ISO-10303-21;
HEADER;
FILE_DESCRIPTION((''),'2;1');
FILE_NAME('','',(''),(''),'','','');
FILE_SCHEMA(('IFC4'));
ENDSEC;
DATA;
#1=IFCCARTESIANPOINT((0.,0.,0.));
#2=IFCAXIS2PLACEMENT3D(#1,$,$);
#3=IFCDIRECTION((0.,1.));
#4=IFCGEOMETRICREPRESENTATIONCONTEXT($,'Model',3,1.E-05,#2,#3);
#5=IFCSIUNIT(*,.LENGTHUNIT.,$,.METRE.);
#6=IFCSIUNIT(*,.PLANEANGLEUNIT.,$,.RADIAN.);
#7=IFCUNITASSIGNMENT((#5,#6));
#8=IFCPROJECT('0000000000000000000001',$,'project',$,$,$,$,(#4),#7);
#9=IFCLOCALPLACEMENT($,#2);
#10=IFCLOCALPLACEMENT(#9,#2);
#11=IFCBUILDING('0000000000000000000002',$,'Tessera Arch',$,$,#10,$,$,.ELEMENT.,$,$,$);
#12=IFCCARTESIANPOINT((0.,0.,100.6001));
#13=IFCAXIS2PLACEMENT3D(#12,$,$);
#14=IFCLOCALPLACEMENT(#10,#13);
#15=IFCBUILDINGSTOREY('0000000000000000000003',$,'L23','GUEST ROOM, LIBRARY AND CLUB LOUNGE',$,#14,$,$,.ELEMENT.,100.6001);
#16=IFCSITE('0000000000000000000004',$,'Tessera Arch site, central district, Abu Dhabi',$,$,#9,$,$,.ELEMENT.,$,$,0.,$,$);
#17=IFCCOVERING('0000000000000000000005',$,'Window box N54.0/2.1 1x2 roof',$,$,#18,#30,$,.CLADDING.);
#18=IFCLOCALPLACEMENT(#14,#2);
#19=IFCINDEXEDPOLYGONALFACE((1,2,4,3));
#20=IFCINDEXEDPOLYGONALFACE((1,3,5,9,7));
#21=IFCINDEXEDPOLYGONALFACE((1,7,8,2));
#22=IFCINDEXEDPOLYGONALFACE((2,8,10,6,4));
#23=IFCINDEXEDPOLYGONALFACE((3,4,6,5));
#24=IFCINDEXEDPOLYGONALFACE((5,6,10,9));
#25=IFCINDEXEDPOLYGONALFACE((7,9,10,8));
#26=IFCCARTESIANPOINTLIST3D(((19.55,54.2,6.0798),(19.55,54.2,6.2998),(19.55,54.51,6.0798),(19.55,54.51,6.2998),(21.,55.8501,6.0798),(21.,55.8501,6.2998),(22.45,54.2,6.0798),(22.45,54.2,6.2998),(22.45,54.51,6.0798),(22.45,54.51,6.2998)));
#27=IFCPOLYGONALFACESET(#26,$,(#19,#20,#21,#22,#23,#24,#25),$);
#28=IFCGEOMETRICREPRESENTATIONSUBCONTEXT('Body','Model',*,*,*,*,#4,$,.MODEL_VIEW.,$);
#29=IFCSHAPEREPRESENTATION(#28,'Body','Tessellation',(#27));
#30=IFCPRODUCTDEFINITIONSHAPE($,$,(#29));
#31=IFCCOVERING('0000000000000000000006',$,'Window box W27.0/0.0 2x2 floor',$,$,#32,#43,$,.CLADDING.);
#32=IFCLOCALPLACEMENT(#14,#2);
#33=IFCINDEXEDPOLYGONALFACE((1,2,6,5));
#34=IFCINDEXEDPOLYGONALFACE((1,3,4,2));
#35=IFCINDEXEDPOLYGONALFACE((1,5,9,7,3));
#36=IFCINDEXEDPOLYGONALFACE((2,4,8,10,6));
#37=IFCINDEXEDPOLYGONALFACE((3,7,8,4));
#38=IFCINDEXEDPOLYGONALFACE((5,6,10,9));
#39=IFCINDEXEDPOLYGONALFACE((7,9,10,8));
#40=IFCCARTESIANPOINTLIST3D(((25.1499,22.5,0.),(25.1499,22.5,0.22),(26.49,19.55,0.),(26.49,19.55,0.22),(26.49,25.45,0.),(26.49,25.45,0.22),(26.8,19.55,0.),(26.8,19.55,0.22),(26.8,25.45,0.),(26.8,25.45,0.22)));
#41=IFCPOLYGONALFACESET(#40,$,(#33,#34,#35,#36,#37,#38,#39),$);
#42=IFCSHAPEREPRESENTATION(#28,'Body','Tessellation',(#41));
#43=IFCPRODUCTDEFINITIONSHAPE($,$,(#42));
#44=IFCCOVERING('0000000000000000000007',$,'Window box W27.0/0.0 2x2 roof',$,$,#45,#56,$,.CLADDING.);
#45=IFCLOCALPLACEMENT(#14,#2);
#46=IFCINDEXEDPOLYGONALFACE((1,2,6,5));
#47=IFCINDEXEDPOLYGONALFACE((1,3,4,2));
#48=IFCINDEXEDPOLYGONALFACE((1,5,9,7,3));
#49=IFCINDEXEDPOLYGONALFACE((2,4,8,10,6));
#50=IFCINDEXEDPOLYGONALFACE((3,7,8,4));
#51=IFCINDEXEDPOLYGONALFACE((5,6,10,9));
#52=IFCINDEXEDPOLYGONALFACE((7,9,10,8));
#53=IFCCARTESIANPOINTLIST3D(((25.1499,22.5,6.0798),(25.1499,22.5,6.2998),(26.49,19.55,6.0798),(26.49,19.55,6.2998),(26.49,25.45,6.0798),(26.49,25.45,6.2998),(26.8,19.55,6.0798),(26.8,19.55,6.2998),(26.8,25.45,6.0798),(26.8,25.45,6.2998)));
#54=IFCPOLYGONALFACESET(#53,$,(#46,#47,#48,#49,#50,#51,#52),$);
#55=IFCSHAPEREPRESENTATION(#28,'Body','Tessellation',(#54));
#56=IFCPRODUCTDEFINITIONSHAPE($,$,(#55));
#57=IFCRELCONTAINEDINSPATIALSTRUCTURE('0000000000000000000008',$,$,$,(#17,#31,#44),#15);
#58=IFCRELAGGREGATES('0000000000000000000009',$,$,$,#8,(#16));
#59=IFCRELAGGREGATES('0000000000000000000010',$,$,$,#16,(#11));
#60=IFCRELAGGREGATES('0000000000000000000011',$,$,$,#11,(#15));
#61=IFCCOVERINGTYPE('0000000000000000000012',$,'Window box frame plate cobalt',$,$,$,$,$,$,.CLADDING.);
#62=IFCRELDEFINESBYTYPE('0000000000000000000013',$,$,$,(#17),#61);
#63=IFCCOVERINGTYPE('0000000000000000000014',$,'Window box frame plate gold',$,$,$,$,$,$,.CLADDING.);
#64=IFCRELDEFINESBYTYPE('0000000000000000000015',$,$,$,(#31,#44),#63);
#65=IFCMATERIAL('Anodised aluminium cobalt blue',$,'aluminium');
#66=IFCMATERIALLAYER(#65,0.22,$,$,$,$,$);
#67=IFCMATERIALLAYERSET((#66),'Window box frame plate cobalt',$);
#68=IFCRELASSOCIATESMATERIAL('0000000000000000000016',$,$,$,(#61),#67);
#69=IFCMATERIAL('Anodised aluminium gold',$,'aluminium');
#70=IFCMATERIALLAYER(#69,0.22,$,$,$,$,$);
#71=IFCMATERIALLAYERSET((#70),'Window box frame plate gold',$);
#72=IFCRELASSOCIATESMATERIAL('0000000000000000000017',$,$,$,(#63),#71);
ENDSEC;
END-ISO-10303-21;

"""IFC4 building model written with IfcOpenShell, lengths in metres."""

from ifc_helpers import new_model, si_unit, direction, frame, origin, place, context, subcontext, project, spatial, polyline, outline, extrude, material, layer, layer_set, type_object, element, save


model = new_model("IFC4")

# Units and contexts
model_context = context("Model", 3, precision=1e-05, world=origin(), true_north=direction((0.0, 1.0)))
body_context = subcontext(model_context, "Body", "Model", "MODEL_VIEW")
ifc_project = project(units=[si_unit("LENGTHUNIT", "METRE"), si_unit("PLANEANGLEUNIT", "RADIAN")], contexts=[model_context])

# Site, building, storey
site_placement = place(None, origin())
site = spatial("IfcSite", under=ifc_project, at=site_placement, Name="Tessera Arch site, central district, Abu Dhabi", CompositionType="ELEMENT", RefElevation=0.0)
building_placement = place(site_placement, origin())
building = spatial("IfcBuilding", under=site, at=building_placement, Name="Tessera Arch", CompositionType="ELEMENT")
storey_placement = place(building_placement, frame((0.0, 0.0, 100.6001)))
storey = spatial("IfcBuildingStorey", under=building, at=storey_placement, Name="L23", Description="GUEST ROOM, LIBRARY AND CLUB LOUNGE", CompositionType="ELEMENT", Elevation=100.6001)

# Coverings
ifc_material_1 = material(Name="Anodised aluminium cobalt blue", Category="aluminium")
ifc_layer_1 = layer(ifc_material_1, 0.22)
ifc_layer_set_1 = layer_set([ifc_layer_1], Name="Window box frame plate cobalt")
covering_type_1 = type_object("IfcCoveringType", Name="Window box frame plate cobalt", PredefinedType="CLADDING", material=ifc_layer_set_1)
for number, where, name in (
    (1, (0.0, 0.0, 6.0798), "Window box N54.0/2.1 1x2 roof"),
):
    element("IfcCovering", number, at=place(storey_placement, frame(where)), inside=storey, type_object=covering_type_1, Name=name, PredefinedType="CLADDING", context=body_context, shape_type="SweptSolid", body=[
        extrude(outline(polyline([(22.45, 54.51), (21.0, 55.8501), (19.55, 54.51), (19.55, 54.2), (22.45, 54.2), (22.45, 54.51)])), origin(), (0.0, 0.0, 1.0), 0.22),
    ])
ifc_material_2 = material(Name="Anodised aluminium gold", Category="aluminium")
ifc_layer_2 = layer(ifc_material_2, 0.22)
ifc_layer_set_2 = layer_set([ifc_layer_2], Name="Window box frame plate gold")
covering_type_2 = type_object("IfcCoveringType", Name="Window box frame plate gold", PredefinedType="CLADDING", material=ifc_layer_set_2)
for number, where, name in (
    (2, (0.0, 0.0, 0.0), "Window box W27.0/0.0 2x2 floor"),
    (3, (0.0, 0.0, 6.0798), "Window box W27.0/0.0 2x2 roof"),
):
    element("IfcCovering", number, at=place(storey_placement, frame(where)), inside=storey, type_object=covering_type_2, Name=name, PredefinedType="CLADDING", context=body_context, shape_type="SweptSolid", body=[
        extrude(outline(polyline([(26.49, 25.45), (25.1499, 22.5), (26.49, 19.55), (26.8, 19.55), (26.8, 25.45), (26.49, 25.45)])), origin(), (0.0, 0.0, 1.0), 0.22),
    ])

save(model, "model.ifc")
